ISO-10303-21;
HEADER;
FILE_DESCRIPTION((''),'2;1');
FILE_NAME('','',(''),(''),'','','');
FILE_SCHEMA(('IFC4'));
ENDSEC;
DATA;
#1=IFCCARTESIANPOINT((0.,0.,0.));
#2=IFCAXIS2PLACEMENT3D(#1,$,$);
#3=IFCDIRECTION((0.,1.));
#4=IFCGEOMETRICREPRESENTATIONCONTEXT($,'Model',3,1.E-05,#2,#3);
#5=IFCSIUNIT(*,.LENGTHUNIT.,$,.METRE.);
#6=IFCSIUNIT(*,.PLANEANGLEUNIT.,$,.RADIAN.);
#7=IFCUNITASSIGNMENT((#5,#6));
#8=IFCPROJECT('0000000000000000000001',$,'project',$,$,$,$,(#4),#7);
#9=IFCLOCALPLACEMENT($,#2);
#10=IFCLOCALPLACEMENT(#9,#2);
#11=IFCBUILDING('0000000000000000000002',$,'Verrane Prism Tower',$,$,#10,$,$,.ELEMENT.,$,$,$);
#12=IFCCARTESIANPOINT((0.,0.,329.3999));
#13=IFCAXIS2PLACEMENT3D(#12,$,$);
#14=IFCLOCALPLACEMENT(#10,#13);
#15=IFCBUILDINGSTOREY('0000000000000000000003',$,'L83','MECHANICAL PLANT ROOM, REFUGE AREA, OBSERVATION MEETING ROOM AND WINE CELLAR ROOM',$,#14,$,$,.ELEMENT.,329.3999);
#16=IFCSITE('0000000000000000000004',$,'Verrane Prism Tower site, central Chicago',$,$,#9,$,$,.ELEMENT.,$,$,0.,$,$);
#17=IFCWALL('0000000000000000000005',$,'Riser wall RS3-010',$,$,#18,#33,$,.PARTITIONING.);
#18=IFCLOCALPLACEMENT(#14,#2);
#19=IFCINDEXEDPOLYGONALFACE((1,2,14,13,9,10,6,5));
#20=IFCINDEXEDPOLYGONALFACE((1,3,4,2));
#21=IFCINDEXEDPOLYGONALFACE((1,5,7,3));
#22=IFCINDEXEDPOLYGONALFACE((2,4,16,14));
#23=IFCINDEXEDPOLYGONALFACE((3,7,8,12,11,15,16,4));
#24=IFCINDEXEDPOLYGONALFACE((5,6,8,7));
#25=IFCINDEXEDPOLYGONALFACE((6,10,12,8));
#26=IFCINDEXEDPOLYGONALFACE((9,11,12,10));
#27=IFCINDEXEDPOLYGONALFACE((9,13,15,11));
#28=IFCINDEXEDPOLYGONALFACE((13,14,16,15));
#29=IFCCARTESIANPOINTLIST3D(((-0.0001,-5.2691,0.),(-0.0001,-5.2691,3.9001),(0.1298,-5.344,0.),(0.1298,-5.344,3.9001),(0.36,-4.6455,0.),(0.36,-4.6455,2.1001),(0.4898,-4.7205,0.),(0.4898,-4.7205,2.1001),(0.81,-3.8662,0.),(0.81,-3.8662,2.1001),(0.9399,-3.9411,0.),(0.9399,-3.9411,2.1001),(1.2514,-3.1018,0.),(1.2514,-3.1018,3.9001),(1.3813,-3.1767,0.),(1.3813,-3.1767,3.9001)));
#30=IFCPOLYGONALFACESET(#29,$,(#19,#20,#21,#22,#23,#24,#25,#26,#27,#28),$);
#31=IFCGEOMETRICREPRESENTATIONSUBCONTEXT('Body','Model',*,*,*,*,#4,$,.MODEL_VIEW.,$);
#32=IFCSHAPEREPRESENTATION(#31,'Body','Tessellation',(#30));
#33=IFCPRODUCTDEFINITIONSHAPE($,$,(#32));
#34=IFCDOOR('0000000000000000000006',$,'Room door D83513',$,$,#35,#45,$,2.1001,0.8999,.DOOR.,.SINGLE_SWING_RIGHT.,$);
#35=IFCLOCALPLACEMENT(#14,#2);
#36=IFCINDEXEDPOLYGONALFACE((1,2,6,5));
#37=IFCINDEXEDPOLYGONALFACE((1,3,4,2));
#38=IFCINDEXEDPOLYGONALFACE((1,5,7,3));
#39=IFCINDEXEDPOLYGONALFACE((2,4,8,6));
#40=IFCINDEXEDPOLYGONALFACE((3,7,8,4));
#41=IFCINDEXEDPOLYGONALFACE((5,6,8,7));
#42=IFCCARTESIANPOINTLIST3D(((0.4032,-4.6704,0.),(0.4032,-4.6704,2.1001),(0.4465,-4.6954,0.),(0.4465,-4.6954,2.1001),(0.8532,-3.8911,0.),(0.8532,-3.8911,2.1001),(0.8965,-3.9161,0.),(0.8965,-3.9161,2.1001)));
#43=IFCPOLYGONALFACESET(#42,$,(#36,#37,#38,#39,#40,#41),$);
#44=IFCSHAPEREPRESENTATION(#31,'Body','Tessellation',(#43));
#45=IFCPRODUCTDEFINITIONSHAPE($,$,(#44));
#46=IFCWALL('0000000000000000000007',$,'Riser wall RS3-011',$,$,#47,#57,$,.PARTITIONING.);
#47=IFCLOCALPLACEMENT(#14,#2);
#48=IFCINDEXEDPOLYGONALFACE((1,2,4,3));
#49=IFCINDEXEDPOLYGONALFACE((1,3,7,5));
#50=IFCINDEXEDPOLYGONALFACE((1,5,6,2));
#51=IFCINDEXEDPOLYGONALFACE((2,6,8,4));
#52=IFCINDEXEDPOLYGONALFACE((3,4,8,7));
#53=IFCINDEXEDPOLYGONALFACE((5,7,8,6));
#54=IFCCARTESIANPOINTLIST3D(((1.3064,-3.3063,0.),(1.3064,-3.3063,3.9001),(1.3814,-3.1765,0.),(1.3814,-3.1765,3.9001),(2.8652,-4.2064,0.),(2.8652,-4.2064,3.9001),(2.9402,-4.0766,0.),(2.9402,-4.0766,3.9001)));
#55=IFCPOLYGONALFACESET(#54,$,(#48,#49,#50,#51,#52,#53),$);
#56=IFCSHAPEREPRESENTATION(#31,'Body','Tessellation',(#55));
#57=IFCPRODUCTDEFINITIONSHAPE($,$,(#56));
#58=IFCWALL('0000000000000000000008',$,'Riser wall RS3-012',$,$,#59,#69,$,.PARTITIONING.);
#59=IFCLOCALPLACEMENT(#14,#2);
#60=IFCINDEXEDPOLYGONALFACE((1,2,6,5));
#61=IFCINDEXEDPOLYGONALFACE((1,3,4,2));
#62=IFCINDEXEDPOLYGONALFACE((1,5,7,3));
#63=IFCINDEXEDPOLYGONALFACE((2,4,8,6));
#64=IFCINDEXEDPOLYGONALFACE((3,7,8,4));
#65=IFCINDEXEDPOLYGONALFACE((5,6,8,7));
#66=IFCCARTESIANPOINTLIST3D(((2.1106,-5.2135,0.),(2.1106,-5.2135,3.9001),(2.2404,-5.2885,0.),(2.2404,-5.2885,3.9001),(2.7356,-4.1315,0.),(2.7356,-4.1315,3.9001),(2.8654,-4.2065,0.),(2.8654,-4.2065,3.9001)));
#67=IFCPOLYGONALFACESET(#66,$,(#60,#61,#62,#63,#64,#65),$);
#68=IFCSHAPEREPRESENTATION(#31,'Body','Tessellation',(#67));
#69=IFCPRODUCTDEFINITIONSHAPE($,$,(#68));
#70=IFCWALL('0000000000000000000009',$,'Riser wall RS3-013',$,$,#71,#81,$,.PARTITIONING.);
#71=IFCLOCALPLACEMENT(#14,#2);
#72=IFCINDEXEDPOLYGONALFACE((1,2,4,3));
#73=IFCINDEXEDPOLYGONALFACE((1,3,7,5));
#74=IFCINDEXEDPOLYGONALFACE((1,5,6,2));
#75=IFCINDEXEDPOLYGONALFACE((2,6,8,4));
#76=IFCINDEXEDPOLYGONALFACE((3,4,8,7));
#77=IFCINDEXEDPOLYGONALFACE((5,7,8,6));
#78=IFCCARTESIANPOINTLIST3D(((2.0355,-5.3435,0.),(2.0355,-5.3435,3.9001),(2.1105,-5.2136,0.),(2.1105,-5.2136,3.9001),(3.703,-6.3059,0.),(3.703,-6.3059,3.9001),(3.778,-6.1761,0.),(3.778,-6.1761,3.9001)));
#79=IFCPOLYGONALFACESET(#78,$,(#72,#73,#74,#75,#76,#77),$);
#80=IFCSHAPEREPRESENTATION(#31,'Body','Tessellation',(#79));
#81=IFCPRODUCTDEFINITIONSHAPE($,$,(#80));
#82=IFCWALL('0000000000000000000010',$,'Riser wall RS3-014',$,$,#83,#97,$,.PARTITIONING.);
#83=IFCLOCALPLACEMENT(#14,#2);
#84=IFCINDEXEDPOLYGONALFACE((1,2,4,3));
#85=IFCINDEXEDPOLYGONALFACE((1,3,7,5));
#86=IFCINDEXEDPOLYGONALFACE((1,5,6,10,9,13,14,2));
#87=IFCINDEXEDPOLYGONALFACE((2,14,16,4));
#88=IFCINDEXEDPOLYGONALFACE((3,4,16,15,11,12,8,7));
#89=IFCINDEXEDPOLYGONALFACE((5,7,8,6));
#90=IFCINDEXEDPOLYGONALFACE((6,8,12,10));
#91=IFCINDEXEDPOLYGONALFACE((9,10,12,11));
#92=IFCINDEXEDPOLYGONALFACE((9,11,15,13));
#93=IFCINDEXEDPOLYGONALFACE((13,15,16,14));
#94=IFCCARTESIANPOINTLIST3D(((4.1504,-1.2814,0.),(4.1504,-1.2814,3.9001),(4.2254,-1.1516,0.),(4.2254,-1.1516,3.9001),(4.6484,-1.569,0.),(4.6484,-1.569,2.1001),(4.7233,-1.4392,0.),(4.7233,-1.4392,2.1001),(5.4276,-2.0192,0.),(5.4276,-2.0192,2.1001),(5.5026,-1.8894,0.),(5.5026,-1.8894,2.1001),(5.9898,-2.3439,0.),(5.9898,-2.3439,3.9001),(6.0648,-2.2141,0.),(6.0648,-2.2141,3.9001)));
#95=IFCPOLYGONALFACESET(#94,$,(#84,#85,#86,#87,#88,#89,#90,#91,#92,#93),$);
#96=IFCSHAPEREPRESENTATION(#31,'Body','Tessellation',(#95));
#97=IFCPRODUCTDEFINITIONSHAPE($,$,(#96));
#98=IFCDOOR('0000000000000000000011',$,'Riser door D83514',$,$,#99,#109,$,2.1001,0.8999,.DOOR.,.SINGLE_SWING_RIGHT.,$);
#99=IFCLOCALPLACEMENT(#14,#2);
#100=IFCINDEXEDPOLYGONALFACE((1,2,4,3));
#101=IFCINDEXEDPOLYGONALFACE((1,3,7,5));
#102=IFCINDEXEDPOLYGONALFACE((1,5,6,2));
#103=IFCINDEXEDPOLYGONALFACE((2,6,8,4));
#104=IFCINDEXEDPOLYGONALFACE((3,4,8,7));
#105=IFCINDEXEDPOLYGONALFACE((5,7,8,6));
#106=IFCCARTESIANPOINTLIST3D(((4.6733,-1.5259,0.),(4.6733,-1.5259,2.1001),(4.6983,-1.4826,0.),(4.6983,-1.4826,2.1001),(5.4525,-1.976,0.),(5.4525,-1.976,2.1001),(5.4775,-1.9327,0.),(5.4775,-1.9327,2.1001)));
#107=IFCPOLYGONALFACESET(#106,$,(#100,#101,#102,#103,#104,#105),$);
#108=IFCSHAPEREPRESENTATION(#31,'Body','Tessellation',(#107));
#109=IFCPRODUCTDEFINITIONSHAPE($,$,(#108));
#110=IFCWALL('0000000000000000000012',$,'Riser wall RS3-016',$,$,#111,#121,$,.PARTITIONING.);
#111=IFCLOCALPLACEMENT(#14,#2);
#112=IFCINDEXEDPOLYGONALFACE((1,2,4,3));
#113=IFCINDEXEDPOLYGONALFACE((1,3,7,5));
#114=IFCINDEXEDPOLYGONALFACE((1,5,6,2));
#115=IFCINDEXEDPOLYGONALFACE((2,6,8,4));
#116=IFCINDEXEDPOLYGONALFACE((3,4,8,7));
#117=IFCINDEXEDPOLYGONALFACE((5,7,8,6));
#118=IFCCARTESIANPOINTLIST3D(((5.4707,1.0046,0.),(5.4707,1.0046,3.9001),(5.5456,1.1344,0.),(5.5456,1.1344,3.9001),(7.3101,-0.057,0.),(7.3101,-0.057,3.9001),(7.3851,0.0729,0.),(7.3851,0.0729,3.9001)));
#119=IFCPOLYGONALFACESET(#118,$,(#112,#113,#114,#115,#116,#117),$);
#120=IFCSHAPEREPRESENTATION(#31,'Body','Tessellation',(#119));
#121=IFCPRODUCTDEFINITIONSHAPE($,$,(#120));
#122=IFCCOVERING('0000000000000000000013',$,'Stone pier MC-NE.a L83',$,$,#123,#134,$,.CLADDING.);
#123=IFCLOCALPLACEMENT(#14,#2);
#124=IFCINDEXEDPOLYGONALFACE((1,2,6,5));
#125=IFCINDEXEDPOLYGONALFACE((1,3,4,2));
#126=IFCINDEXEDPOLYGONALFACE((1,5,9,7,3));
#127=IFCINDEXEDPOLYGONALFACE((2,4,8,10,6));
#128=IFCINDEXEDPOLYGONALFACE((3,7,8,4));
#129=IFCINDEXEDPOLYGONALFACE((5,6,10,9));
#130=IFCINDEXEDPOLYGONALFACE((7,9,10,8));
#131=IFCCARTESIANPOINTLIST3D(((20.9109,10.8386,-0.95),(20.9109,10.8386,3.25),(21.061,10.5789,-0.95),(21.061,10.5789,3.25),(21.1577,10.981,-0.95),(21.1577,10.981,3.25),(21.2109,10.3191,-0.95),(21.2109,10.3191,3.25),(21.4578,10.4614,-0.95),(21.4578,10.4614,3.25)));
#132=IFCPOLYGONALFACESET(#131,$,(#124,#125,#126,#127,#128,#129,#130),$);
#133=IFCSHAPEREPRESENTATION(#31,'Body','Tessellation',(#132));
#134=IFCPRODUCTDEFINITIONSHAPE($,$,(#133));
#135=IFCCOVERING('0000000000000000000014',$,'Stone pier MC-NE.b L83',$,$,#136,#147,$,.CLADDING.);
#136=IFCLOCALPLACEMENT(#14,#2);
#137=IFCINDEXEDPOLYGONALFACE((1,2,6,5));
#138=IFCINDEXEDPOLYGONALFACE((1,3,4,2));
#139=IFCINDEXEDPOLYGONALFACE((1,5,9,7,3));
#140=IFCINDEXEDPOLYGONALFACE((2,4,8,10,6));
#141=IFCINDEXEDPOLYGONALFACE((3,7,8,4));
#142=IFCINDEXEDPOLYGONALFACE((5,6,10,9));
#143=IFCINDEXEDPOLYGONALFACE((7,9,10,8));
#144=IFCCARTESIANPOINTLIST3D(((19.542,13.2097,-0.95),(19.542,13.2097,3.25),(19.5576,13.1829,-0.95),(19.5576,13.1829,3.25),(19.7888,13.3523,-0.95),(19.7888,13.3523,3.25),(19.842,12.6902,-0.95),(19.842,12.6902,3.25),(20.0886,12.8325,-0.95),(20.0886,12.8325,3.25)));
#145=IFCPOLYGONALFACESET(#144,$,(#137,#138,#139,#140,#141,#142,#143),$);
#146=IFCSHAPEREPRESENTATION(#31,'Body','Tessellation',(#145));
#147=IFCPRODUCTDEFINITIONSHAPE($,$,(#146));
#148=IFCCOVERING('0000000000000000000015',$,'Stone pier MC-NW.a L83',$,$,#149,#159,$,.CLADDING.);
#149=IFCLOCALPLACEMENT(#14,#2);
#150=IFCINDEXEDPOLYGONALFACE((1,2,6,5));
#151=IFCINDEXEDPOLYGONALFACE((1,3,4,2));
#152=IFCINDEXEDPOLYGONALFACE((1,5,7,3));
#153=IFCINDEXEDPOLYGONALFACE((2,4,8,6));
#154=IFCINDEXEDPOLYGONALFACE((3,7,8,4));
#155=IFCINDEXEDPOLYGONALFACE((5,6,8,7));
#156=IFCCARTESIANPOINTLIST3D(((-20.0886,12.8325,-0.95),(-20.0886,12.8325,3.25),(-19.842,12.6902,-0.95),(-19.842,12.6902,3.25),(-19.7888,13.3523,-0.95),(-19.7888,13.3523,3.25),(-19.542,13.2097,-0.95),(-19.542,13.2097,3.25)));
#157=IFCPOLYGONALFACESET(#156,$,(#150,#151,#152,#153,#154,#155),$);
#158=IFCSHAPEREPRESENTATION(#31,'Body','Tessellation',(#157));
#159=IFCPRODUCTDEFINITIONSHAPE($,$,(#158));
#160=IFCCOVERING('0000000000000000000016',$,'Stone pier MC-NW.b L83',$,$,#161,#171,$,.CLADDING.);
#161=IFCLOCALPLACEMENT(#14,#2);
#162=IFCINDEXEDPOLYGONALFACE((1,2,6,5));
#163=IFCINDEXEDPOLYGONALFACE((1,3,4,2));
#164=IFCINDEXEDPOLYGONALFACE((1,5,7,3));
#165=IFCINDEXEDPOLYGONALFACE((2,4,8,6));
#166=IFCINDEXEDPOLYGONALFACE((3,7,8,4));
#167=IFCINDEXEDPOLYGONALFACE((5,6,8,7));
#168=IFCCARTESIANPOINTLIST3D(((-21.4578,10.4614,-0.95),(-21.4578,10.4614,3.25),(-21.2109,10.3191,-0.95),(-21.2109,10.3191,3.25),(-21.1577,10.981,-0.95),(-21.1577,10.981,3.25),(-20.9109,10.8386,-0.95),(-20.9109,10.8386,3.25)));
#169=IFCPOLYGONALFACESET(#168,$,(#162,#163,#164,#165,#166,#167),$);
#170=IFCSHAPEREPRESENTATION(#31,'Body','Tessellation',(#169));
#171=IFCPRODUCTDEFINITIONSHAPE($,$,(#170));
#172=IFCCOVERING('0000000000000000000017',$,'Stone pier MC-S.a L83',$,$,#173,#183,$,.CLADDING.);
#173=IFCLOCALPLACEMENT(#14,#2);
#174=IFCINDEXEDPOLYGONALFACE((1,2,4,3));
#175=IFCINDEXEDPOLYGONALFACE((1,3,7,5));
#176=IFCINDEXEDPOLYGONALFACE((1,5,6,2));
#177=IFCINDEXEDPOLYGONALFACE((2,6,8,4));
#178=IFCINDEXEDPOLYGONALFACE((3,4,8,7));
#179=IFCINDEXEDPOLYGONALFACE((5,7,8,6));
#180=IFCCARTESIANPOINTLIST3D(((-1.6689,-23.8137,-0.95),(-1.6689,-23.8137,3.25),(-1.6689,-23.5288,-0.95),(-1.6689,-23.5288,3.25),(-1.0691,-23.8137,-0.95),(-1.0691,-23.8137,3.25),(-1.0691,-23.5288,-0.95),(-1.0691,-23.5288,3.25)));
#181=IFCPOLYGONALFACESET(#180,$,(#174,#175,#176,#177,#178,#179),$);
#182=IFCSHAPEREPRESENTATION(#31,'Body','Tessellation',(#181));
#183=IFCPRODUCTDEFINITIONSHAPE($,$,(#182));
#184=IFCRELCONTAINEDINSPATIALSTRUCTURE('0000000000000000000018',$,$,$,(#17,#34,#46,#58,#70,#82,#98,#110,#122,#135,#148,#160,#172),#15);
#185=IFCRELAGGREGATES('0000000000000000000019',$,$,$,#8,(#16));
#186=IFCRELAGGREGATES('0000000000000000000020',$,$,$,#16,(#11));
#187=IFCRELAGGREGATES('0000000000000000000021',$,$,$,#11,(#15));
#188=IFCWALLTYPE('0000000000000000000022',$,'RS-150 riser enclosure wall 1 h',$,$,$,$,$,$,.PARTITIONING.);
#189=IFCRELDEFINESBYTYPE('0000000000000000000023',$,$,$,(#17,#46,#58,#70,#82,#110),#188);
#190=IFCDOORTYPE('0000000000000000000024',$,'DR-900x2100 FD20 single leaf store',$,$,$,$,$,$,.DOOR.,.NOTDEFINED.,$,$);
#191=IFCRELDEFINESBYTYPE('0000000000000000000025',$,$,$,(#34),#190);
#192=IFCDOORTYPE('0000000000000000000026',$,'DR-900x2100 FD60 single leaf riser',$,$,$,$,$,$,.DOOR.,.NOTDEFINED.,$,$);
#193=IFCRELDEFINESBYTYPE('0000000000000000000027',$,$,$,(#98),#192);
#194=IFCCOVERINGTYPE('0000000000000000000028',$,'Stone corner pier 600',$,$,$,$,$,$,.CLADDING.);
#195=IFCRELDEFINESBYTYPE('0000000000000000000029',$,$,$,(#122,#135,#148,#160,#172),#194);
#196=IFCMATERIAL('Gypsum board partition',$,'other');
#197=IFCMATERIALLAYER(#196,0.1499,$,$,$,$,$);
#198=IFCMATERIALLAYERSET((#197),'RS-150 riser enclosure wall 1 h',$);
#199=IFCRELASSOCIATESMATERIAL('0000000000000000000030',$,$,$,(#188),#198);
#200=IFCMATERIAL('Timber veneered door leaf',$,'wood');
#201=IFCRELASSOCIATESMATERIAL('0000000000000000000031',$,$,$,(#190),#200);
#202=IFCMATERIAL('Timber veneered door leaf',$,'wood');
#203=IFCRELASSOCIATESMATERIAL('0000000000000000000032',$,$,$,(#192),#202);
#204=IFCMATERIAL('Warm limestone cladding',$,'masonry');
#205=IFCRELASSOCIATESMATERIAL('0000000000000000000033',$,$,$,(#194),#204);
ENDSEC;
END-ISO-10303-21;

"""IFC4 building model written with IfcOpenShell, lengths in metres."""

from ifc_helpers import new_model, si_unit, direction, frame, frame_2d, origin, place, context, subcontext, project, spatial, polyline, rectangle, outline, extrude, material, layer, layer_set, type_object, element, fill, save


model = new_model("IFC4")

# Units and contexts
model_context = context("Model", 3, precision=1e-05, world=origin(), true_north=direction((0.0, 1.0)))
body_context = subcontext(model_context, "Body", "Model", "MODEL_VIEW")
ifc_project = project(units=[si_unit("LENGTHUNIT", "METRE"), si_unit("PLANEANGLEUNIT", "RADIAN")], contexts=[model_context])

# Site, building, storey
site_placement = place(None, origin())
site = spatial("IfcSite", under=ifc_project, at=site_placement, Name="Verrane Prism Tower site, central Chicago", CompositionType="ELEMENT", RefElevation=0.0)
building_placement = place(site_placement, origin())
building = spatial("IfcBuilding", under=site, at=building_placement, Name="Verrane Prism Tower", CompositionType="ELEMENT")
storey_placement = place(building_placement, frame((0.0, 0.0, 329.3999)))
storey = spatial("IfcBuildingStorey", under=building, at=storey_placement, Name="L83", Description="MECHANICAL PLANT ROOM, REFUGE AREA, OBSERVATION MEETING ROOM AND WINE CELLAR ROOM", CompositionType="ELEMENT", Elevation=329.3999)

# Wall, opening, door
ifc_material_1 = material(Name="Gypsum board partition", Category="other")
ifc_layer_1 = layer(ifc_material_1, 0.1499)
ifc_layer_set_1 = layer_set([ifc_layer_1], Name="RS-150 riser enclosure wall 1 h")
wall_type_1 = type_object("IfcWallType", Name="RS-150 riser enclosure wall 1 h", PredefinedType="PARTITIONING", material=ifc_layer_set_1)
wall_1_placement = place(storey_placement, frame((1.3164, -3.1392, 0.0), z_axis=(0.0, 0.0, 1.0), x_axis=(-0.500063, -0.865989, 0.0)))
wall_1 = element("IfcWall", 1, at=wall_1_placement, inside=storey, type_object=wall_type_1, Name="Riser wall RS3-010", PredefinedType="PARTITIONING", context=body_context, shape_type="SweptSolid", body=[
    extrude(rectangle(XDim=2.5027, YDim=0.1499, at=frame_2d((1.2515, 0.0))), origin(), (0.0, 0.0, 1.0), 3.9001),
])
opening_1_placement = place(wall_1_placement, frame((0.8828, 0.0, 0.0)))
opening_1 = element("IfcOpeningElement", 2, at=opening_1_placement, cuts=wall_1, PredefinedType="OPENING", context=body_context, shape_type="SweptSolid", body=[
    extrude(rectangle(XDim=0.8999, YDim=2.1001, at=frame_2d((0.45, 1.05))), frame((0.0, 0.085, 0.0), z_axis=(0.0, -1.0, 0.0), x_axis=(1.0, 0.0, 0.0)), (0.0, 0.0, 1.0), 0.1699),
])
ifc_material_2 = material(Name="Timber veneered door leaf", Category="wood")
door_type_1 = type_object("IfcDoorType", Name="DR-900x2100 FD20 single leaf store", OperationType="NOTDEFINED", PredefinedType="DOOR", material=ifc_material_2)
door_1_placement = place(opening_1_placement, origin())
door_1 = element("IfcDoor", 3, at=door_1_placement, inside=storey, type_object=door_type_1, Name="Room door D83513", OperationType="SINGLE_SWING_RIGHT", OverallHeight=2.1001, OverallWidth=0.8999, PredefinedType="DOOR", context=body_context, shape_type="SweptSolid", body=[
    extrude(rectangle(XDim=0.8999, YDim=2.1001, at=frame_2d((0.45, 1.05))), frame((0.0, 0.0249, 0.0), z_axis=(0.0, -1.0, 0.0), x_axis=(1.0, 0.0, 0.0)), (0.0, 0.0, 1.0), 0.05),
])
fill(opening_1, door_1)

# Walls
wall_2_placement = place(storey_placement, frame((1.344, -3.2415, 0.0), z_axis=(0.0, 0.0, 1.0), x_axis=(0.865989, -0.500063, 0.0)))
element("IfcWall", 4, at=wall_2_placement, inside=storey, type_object=wall_type_1, Name="Riser wall RS3-011", PredefinedType="PARTITIONING", context=body_context, shape_type="SweptSolid", body=[
    extrude(rectangle(XDim=1.8, YDim=0.1499, at=frame_2d((0.8999, 0.0))), origin(), (0.0, 0.0, 1.0), 3.9001),
])
wall_3_placement = place(storey_placement, frame((2.1755, -5.251, 0.0), z_axis=(0.0, 0.0, 1.0), x_axis=(0.500173, 0.865925, 0.0)))
element("IfcWall", 5, at=wall_3_placement, inside=storey, type_object=wall_type_1, Name="Riser wall RS3-012", PredefinedType="PARTITIONING", context=body_context, shape_type="SweptSolid", body=[
    extrude(rectangle(XDim=1.2495, YDim=0.1499, at=frame_2d((0.6248, 0.0))), origin(), (0.0, 0.0, 1.0), 3.9001),
])
wall_4_placement = place(storey_placement, frame((2.073, -5.2786, 0.0), z_axis=(0.0, 0.0, 1.0), x_axis=(0.866097, -0.499876, 0.0)))
element("IfcWall", 6, at=wall_4_placement, inside=storey, type_object=wall_type_1, Name="Riser wall RS3-013", PredefinedType="PARTITIONING", context=body_context, shape_type="SweptSolid", body=[
    extrude(rectangle(XDim=1.9253, YDim=0.1499, at=frame_2d((0.9626, 0.0))), origin(), (0.0, 0.0, 1.0), 3.9001),
])

# Wall, opening, door
wall_5_placement = place(storey_placement, frame((4.188, -1.2166, 0.0), z_axis=(0.0, 0.0, 1.0), x_axis=(0.865914, -0.500193, 0.0)))
wall_5 = element("IfcWall", 7, at=wall_5_placement, inside=storey, type_object=wall_type_1, Name="Riser wall RS3-014", PredefinedType="PARTITIONING", context=body_context, shape_type="SweptSolid", body=[
    extrude(rectangle(XDim=2.1243, YDim=0.1499, at=frame_2d((1.062, 0.0))), origin(), (0.0, 0.0, 1.0), 3.9001),
])
opening_2_placement = place(wall_5_placement, frame((0.575, 0.0, 0.0)))
opening_2 = element("IfcOpeningElement", 8, at=opening_2_placement, cuts=wall_5, PredefinedType="OPENING", context=body_context, shape_type="SweptSolid", body=[
    extrude(rectangle(XDim=0.8999, YDim=2.1001, at=frame_2d((0.45, 1.05))), frame((0.0, 0.085, 0.0), z_axis=(0.0, -1.0, 0.0), x_axis=(1.0, 0.0, 0.0)), (0.0, 0.0, 1.0), 0.1699),
])
ifc_material_3 = material(Name="Timber veneered door leaf", Category="wood")
door_type_2 = type_object("IfcDoorType", Name="DR-900x2100 FD60 single leaf riser", OperationType="NOTDEFINED", PredefinedType="DOOR", material=ifc_material_3)
door_2_placement = place(opening_2_placement, origin())
door_2 = element("IfcDoor", 9, at=door_2_placement, inside=storey, type_object=door_type_2, Name="Riser door D83514", OperationType="SINGLE_SWING_RIGHT", OverallHeight=2.1001, OverallWidth=0.8999, PredefinedType="DOOR", context=body_context, shape_type="SweptSolid", body=[
    extrude(rectangle(XDim=0.8999, YDim=2.1001, at=frame_2d((0.45, 1.05))), frame((0.0, 0.0249, 0.0), z_axis=(0.0, -1.0, 0.0), x_axis=(1.0, 0.0, 0.0)), (0.0, 0.0, 1.0), 0.05),
])
fill(opening_2, door_2)

# Wall
wall_6_placement = place(storey_placement, frame((5.5081, 1.0696, 0.0), z_axis=(0.0, 0.0, 1.0), x_axis=(0.866113, -0.499849, 0.0)))
element("IfcWall", 10, at=wall_6_placement, inside=storey, type_object=wall_type_1, Name="Riser wall RS3-016", PredefinedType="PARTITIONING", context=body_context, shape_type="SweptSolid", body=[
    extrude(rectangle(XDim=2.1238, YDim=0.1499, at=frame_2d((1.062, 0.0))), origin(), (0.0, 0.0, 1.0), 3.9001),
])

# Coverings
ifc_material_4 = material(Name="Warm limestone cladding", Category="masonry")
covering_type_1 = type_object("IfcCoveringType", Name="Stone corner pier 600", PredefinedType="CLADDING", material=ifc_material_4)
covering_1_placement = place(storey_placement, frame((0.0, 0.0, -0.95)))
element("IfcCovering", 11, at=covering_1_placement, inside=storey, type_object=covering_type_1, Name="Stone pier MC-NE.a L83", PredefinedType="CLADDING", context=body_context, shape_type="SweptSolid", body=[
    extrude(outline(polyline([(20.9109, 10.8386), (21.061, 10.5789), (21.2109, 10.3191), (21.4578, 10.4614), (21.1577, 10.981), (20.9109, 10.8386)])), origin(), (0.0, 0.0, 1.0), 4.2),
])
covering_2_placement = place(storey_placement, frame((0.0, 0.0, -0.95)))
element("IfcCovering", 12, at=covering_2_placement, inside=storey, type_object=covering_type_1, Name="Stone pier MC-NE.b L83", PredefinedType="CLADDING", context=body_context, shape_type="SweptSolid", body=[
    extrude(outline(polyline([(19.542, 13.2097), (19.5576, 13.1829), (19.842, 12.6902), (20.0886, 12.8325), (19.7888, 13.3523), (19.542, 13.2097)])), origin(), (0.0, 0.0, 1.0), 4.2),
])
covering_3_placement = place(storey_placement, frame((0.0, 0.0, -0.95)))
element("IfcCovering", 13, at=covering_3_placement, inside=storey, type_object=covering_type_1, Name="Stone pier MC-NW.a L83", PredefinedType="CLADDING", context=body_context, shape_type="SweptSolid", body=[
    extrude(outline(polyline([(-19.842, 12.6902), (-19.542, 13.2097), (-19.7888, 13.3523), (-20.0886, 12.8325), (-19.842, 12.6902)])), origin(), (0.0, 0.0, 1.0), 4.2),
])
covering_4_placement = place(storey_placement, frame((0.0, 0.0, -0.95)))
element("IfcCovering", 14, at=covering_4_placement, inside=storey, type_object=covering_type_1, Name="Stone pier MC-NW.b L83", PredefinedType="CLADDING", context=body_context, shape_type="SweptSolid", body=[
    extrude(outline(polyline([(-21.2109, 10.3191), (-20.9109, 10.8386), (-21.1577, 10.981), (-21.4578, 10.4614), (-21.2109, 10.3191)])), origin(), (0.0, 0.0, 1.0), 4.2),
])
covering_5_placement = place(storey_placement, frame((0.0, 0.0, -0.95)))
element("IfcCovering", 15, at=covering_5_placement, inside=storey, type_object=covering_type_1, Name="Stone pier MC-S.a L83", PredefinedType="CLADDING", context=body_context, shape_type="SweptSolid", body=[
    extrude(outline(polyline([(-1.0691, -23.5288), (-1.6689, -23.5288), (-1.6689, -23.8137), (-1.0691, -23.8137), (-1.0691, -23.5288)])), origin(), (0.0, 0.0, 1.0), 4.2),
])

save(model, "model.ifc")
